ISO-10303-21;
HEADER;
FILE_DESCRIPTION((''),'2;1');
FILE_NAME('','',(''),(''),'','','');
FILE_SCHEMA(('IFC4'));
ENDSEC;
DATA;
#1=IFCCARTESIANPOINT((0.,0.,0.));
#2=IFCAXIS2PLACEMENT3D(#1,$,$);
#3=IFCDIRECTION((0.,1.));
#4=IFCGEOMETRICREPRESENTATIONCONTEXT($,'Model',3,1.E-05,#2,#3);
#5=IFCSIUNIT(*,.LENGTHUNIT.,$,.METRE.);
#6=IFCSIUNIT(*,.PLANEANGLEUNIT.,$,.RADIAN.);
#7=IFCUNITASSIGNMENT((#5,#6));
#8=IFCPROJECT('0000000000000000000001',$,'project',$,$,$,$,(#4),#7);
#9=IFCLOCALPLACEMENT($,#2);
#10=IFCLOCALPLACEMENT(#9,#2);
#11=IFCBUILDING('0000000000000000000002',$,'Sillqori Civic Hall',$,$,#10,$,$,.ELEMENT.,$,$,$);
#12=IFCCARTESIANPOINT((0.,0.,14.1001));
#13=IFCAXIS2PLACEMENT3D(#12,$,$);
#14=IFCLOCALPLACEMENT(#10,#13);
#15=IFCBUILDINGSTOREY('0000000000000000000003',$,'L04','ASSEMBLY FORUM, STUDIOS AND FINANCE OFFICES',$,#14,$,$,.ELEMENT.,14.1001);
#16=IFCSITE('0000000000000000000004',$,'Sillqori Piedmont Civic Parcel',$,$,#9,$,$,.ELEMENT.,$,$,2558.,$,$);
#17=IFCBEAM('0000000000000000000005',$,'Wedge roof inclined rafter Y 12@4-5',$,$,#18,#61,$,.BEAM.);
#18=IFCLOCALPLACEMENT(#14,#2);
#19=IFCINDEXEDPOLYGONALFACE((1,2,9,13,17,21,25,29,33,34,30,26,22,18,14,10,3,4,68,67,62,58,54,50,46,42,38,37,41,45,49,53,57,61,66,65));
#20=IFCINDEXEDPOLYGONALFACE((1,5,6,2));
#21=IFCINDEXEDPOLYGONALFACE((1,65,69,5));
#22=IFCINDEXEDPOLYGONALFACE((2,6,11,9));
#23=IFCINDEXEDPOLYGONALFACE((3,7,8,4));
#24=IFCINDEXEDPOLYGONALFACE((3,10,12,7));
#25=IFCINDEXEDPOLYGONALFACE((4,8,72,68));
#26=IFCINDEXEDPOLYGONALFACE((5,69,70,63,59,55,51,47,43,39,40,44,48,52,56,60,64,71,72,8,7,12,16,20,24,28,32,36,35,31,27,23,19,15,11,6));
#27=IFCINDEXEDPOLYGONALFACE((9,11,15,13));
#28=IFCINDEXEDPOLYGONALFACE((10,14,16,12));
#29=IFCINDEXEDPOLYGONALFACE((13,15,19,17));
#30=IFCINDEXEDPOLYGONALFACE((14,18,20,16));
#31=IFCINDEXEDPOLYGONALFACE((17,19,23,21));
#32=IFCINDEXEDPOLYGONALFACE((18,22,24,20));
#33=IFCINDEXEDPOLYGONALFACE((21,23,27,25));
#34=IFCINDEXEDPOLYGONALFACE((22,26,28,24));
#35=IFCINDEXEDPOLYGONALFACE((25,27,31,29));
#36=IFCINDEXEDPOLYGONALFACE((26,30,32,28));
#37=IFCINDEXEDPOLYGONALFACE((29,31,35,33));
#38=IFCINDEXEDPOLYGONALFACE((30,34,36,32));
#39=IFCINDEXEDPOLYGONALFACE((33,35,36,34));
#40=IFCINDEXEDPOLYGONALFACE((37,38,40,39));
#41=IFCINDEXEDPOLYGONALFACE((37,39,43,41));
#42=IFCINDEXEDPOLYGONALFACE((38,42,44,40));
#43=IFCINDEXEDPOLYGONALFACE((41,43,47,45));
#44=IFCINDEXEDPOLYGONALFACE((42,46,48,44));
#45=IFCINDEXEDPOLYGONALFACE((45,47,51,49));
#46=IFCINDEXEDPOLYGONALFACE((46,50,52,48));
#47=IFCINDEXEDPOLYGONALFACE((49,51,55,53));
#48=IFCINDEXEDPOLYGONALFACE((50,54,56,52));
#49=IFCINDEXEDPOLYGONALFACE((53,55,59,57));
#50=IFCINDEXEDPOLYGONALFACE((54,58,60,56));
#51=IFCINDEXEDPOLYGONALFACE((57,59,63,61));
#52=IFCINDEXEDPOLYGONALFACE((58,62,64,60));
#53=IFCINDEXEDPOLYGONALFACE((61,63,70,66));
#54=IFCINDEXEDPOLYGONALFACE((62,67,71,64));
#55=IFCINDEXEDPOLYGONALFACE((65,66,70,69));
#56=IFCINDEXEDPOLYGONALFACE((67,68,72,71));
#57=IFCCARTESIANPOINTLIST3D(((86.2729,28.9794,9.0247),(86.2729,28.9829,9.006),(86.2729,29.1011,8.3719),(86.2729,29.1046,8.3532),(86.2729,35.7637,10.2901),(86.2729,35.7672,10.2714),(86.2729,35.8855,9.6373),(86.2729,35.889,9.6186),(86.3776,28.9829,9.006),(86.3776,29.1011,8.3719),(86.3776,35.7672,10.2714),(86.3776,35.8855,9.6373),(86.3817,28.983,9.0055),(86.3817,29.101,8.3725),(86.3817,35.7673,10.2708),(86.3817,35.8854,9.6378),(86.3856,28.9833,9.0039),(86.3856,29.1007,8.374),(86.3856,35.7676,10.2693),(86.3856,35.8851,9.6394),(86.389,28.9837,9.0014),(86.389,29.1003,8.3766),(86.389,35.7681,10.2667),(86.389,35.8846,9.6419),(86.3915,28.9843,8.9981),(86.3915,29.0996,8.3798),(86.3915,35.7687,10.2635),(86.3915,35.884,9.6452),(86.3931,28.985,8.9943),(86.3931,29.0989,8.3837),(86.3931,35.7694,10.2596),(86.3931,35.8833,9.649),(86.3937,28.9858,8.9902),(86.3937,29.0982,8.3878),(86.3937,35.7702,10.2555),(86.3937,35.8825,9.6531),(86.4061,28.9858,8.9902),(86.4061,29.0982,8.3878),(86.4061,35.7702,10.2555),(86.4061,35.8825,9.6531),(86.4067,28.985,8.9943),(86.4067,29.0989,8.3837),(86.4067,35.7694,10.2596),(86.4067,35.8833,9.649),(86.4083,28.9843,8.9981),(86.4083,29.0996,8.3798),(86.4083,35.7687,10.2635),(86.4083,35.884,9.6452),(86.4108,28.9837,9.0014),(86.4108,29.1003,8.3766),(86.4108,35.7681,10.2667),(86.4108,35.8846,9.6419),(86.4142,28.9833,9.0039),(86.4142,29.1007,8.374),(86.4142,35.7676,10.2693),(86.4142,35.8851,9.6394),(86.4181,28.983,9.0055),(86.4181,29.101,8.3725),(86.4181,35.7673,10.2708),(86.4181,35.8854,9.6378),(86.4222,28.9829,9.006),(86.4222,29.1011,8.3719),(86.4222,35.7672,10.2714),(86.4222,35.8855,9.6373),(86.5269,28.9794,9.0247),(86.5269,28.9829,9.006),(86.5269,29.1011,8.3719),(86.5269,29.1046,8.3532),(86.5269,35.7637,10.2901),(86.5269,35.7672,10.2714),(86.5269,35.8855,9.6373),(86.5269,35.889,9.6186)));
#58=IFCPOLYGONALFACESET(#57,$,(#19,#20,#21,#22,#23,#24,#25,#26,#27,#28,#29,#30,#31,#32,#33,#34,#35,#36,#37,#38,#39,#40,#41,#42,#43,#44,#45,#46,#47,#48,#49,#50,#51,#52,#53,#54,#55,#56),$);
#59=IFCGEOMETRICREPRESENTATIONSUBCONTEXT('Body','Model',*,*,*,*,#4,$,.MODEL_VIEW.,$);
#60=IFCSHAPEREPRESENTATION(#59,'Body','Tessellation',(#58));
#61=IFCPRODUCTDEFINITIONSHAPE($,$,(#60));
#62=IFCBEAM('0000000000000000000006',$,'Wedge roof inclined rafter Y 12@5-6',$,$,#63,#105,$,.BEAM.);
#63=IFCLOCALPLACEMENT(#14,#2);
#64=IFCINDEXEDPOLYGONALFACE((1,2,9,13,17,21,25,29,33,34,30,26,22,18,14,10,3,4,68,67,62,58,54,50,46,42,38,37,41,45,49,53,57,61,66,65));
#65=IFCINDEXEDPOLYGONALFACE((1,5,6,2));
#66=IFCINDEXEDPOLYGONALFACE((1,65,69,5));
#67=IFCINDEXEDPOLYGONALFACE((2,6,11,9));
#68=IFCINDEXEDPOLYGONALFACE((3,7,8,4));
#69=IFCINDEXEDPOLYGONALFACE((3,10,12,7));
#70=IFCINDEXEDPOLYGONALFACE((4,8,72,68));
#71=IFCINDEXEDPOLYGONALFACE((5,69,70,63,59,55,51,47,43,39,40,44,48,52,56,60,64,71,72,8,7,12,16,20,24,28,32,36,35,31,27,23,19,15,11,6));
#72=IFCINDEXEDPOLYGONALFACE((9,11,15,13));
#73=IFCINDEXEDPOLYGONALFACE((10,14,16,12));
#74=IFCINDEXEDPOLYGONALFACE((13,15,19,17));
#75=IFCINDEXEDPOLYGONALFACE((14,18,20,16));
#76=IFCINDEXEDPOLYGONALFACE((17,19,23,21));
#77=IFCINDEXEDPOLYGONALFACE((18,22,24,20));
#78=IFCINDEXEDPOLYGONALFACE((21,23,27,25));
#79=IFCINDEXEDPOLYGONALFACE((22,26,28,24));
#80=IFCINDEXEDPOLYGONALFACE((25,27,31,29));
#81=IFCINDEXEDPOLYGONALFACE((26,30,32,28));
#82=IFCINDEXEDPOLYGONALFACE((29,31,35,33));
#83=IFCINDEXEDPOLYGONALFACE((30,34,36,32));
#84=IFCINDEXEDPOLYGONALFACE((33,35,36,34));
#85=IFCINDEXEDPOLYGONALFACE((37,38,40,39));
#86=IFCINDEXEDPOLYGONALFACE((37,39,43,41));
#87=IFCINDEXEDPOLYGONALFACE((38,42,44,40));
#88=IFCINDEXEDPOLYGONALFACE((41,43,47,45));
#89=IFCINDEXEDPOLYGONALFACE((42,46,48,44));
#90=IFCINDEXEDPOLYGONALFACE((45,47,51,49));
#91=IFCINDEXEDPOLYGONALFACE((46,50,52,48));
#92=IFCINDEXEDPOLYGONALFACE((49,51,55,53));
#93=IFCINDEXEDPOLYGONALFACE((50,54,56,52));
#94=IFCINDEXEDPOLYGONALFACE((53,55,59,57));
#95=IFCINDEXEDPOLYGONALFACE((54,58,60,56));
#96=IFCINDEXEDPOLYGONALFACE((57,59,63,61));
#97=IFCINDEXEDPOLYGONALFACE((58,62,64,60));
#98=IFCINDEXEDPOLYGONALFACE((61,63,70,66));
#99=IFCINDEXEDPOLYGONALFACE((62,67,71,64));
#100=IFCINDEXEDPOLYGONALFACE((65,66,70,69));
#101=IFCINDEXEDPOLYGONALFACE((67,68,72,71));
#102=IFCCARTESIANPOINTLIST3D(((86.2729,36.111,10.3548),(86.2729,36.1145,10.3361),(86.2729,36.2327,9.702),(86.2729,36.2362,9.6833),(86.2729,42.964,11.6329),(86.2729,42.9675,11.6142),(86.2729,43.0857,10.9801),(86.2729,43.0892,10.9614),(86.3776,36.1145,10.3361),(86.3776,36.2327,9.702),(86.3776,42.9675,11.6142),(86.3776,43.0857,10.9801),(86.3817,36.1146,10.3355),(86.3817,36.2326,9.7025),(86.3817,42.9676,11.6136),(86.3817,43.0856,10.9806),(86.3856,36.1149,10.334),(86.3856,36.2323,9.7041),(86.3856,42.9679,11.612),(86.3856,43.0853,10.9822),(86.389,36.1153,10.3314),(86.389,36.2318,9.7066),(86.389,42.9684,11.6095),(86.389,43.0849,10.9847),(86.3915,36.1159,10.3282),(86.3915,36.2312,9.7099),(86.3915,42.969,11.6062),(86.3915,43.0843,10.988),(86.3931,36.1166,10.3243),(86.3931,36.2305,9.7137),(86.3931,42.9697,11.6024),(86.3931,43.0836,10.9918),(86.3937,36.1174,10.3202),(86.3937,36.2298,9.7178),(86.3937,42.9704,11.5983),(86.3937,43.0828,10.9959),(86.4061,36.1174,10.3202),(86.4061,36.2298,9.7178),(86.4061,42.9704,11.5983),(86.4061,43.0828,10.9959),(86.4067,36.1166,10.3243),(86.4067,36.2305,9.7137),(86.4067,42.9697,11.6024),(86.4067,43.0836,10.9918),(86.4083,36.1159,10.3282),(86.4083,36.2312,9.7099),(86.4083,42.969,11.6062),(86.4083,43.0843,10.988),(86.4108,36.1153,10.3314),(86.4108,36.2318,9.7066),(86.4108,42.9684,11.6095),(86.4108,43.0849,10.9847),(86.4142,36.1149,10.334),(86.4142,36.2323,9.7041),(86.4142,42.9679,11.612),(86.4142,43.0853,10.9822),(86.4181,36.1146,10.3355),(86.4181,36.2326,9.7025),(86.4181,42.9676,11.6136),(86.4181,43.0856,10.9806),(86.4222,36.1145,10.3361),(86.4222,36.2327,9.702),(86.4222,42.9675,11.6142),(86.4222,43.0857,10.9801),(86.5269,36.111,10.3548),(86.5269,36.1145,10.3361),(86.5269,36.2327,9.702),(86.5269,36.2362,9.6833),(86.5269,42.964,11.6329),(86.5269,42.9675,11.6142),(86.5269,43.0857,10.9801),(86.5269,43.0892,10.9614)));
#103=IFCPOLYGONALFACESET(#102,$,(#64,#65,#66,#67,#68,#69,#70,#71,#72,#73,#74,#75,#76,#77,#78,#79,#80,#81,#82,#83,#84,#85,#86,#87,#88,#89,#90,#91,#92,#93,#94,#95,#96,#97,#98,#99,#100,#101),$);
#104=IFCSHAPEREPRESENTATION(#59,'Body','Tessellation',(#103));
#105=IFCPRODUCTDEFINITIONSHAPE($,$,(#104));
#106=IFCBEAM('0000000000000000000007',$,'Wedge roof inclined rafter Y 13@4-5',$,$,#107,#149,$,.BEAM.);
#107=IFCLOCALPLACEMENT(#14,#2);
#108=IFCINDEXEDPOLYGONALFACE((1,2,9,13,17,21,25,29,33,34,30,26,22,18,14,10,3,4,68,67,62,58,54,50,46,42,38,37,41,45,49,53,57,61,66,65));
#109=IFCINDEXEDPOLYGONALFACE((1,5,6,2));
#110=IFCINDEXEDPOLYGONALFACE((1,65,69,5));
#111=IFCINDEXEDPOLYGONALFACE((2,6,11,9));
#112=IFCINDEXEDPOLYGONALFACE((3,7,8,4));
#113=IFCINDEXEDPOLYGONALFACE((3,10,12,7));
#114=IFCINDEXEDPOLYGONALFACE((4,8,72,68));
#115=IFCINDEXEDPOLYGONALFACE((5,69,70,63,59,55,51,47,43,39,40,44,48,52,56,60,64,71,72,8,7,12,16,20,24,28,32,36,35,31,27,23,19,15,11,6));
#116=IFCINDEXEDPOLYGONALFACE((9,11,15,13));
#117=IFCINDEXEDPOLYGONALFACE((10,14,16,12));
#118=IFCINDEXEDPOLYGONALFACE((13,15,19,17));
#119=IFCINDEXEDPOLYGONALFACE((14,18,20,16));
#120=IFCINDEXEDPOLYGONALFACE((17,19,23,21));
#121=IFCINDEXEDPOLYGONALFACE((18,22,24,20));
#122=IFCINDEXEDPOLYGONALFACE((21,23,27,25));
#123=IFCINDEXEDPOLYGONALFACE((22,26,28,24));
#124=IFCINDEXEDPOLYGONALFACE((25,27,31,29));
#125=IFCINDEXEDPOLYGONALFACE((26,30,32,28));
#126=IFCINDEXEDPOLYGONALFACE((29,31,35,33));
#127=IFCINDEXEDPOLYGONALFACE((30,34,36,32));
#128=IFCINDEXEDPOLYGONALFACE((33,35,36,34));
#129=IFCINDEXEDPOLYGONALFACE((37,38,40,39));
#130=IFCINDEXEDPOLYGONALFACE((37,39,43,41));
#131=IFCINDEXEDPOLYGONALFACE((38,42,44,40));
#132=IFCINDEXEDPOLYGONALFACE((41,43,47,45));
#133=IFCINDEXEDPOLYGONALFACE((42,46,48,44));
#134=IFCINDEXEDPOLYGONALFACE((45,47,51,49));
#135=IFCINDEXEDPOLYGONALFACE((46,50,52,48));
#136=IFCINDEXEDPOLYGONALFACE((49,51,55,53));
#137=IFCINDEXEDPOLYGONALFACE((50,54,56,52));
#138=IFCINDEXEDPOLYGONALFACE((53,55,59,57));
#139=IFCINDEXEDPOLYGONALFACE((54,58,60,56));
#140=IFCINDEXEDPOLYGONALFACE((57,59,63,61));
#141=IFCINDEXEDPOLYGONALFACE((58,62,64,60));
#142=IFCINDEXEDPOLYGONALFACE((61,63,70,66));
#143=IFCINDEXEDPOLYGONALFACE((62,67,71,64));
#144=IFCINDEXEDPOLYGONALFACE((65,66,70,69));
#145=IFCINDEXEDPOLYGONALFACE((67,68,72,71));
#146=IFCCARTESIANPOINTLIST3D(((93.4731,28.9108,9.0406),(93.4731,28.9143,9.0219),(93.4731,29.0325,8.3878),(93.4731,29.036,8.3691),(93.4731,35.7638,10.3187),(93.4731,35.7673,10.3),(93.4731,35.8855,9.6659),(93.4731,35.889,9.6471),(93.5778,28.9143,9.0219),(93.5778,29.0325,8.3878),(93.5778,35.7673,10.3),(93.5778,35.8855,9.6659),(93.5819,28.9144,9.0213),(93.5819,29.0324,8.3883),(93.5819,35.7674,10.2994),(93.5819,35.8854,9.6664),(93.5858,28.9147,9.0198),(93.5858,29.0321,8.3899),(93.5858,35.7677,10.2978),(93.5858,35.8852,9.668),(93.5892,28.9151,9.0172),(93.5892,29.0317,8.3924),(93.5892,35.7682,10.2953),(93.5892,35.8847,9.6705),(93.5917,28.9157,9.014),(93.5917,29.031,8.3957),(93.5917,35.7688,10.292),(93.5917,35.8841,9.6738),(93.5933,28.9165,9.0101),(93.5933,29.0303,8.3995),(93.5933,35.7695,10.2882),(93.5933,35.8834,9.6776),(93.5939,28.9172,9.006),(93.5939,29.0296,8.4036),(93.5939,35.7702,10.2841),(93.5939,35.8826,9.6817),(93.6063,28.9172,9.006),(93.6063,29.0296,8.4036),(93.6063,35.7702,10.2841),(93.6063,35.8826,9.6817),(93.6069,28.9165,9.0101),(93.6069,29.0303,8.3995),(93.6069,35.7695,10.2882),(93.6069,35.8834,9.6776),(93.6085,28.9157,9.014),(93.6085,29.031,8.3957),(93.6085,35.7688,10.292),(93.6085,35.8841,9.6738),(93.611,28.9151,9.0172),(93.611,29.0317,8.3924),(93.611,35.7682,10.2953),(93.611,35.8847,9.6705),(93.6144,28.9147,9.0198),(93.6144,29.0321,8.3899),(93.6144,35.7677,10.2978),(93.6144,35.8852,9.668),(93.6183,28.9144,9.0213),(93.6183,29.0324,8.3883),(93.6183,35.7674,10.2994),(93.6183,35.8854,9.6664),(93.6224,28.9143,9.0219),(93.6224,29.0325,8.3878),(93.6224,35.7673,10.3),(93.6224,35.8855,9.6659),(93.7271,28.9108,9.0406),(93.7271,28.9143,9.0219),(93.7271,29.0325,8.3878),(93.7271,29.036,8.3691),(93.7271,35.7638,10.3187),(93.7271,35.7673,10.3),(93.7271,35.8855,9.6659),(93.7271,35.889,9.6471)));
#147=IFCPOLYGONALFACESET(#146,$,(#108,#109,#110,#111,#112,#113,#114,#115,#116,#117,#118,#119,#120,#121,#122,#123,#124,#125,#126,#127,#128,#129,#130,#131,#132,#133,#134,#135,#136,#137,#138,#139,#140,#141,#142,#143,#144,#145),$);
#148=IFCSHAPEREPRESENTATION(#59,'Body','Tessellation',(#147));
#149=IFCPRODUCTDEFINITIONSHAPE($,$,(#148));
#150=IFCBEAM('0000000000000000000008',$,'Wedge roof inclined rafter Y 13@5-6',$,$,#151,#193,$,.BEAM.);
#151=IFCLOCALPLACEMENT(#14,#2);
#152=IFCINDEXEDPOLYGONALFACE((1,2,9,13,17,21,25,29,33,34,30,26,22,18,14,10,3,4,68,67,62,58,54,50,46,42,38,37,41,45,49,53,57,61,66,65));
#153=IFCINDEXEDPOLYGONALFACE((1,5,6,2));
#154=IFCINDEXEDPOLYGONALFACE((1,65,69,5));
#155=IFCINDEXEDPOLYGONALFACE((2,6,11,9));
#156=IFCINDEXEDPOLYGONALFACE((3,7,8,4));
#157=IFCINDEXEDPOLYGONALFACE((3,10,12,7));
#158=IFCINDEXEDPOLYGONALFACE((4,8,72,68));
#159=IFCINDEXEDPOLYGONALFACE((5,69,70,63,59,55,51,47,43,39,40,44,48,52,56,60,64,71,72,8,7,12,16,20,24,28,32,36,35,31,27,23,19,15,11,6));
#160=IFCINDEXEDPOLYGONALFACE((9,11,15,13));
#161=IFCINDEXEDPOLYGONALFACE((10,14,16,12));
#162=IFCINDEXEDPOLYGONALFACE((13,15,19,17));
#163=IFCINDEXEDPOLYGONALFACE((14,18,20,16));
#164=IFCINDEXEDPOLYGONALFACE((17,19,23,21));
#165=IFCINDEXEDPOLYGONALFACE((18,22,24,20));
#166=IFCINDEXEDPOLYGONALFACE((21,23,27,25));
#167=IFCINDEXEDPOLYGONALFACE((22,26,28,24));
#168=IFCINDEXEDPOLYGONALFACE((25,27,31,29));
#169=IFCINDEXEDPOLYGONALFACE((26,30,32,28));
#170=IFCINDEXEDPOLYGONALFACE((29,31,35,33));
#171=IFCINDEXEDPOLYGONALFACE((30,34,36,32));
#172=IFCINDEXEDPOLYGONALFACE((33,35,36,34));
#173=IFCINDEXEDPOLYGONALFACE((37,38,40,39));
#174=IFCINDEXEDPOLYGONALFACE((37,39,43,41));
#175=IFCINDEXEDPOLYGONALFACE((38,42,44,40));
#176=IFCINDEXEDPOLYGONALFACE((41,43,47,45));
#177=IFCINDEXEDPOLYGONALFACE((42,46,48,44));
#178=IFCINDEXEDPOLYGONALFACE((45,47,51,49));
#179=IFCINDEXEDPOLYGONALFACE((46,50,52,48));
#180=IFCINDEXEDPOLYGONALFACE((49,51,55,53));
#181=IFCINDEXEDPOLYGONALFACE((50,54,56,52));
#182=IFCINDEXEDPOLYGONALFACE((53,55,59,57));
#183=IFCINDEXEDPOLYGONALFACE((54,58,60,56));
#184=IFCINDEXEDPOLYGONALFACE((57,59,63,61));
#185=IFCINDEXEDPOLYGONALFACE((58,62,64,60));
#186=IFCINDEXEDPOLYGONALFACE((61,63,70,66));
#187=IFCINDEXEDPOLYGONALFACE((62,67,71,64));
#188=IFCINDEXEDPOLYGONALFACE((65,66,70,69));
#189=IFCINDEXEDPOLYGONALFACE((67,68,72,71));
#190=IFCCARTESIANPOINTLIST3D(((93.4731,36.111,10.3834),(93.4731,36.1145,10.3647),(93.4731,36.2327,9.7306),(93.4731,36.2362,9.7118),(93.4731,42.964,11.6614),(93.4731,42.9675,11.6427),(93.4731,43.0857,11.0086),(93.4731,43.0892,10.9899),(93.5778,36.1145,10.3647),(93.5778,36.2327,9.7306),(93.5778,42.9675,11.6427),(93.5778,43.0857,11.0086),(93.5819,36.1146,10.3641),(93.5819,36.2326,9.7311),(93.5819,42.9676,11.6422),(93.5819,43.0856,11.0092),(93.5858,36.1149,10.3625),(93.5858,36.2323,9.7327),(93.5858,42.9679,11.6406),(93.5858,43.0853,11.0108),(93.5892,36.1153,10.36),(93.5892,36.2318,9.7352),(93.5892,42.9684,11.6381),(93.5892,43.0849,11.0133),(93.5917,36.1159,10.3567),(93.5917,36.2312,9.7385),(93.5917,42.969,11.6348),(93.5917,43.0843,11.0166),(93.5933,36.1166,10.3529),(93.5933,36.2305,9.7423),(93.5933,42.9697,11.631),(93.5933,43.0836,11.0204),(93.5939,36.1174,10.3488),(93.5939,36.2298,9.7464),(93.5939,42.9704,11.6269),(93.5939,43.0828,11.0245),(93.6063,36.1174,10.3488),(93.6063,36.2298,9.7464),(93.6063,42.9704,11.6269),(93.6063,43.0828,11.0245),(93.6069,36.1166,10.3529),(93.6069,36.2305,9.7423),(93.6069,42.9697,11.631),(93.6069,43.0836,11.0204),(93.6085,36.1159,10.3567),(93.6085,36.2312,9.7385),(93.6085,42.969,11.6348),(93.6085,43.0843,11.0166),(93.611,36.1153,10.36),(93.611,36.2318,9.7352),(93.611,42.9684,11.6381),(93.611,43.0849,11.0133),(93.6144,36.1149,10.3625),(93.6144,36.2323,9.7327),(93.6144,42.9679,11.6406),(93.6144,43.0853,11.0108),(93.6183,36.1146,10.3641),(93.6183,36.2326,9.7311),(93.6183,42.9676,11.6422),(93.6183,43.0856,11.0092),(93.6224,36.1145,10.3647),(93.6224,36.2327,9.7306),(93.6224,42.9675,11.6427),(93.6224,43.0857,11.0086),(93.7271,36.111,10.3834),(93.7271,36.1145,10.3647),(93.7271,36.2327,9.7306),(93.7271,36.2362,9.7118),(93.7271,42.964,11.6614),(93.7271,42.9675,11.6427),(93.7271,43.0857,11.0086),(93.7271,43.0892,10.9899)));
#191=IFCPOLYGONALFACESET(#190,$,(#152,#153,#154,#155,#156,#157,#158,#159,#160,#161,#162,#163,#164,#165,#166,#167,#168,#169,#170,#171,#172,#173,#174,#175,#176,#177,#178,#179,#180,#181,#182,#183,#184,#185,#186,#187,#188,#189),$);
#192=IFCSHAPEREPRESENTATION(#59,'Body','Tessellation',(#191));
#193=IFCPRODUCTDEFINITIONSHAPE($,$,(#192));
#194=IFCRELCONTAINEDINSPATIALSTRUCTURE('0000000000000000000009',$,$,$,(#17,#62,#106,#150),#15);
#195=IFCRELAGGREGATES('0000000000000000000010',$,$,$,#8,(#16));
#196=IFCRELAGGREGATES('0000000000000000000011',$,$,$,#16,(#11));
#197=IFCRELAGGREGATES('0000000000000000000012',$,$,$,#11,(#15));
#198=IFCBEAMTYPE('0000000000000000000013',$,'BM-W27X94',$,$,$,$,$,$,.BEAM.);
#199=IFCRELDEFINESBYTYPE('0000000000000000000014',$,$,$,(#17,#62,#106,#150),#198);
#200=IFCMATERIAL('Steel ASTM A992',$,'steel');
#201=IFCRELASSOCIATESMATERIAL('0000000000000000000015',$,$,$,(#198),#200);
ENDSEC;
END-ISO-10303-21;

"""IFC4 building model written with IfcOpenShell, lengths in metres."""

from ifc_helpers import new_model, si_unit, direction, frame, origin, origin_2d, place, context, subcontext, project, spatial, i_section, extrude, material, material_profile, profile_set, type_object, element, save


model = new_model("IFC4")

# Units and contexts
model_context = context("Model", 3, precision=1e-05, world=origin(), true_north=direction((0.0, 1.0)))
body_context = subcontext(model_context, "Body", "Model", "MODEL_VIEW")
ifc_project = project(units=[si_unit("LENGTHUNIT", "METRE"), si_unit("PLANEANGLEUNIT", "RADIAN")], contexts=[model_context])

# Site, building, storey
site_placement = place(None, origin())
site = spatial("IfcSite", under=ifc_project, at=site_placement, Name="Sillqori Piedmont Civic Parcel", CompositionType="ELEMENT", RefElevation=2558.0)
building_placement = place(site_placement, origin())
building = spatial("IfcBuilding", under=site, at=building_placement, Name="Sillqori Civic Hall", CompositionType="ELEMENT")
storey_placement = place(building_placement, frame((0.0, 0.0, 14.1001)))
storey = spatial("IfcBuildingStorey", under=building, at=storey_placement, Name="L04", Description="ASSEMBLY FORUM, STUDIOS AND FINANCE OFFICES", CompositionType="ELEMENT", Elevation=14.1001)

# Shared definitions
ifc_material_1 = material(Name="Steel ASTM A992", Category="steel")

# Beams
ifc_material_profile_1 = material_profile(ifc_material_1, i_section(OverallWidth=0.2539, OverallDepth=0.6831, WebThickness=0.0125, FlangeThickness=0.019, FilletRadius=0.0161, at=origin_2d()), Name="W27X94")
ifc_profile_set_1 = profile_set([ifc_material_profile_1], Name="Steel ASTM A992")
beam_type_1 = type_object("IfcBeamType", Name="BM-W27X94", PredefinedType="BEAM", material=ifc_profile_set_1)
beam_1_placement = place(storey_placement, frame((86.3999, 29.042, 8.689), z_axis=(0.0, 0.983048, 0.183351), x_axis=(-1.0, 0.0, 0.0)))
element("IfcBeam", 1, at=beam_1_placement, inside=storey, type_object=beam_type_1, Name="Wedge roof inclined rafter Y 12@4-5", PredefinedType="BEAM", context=body_context, shape_type="SweptSolid", body=[
    extrude(i_section(OverallWidth=0.2539, OverallDepth=0.6831, WebThickness=0.0125, FlangeThickness=0.019, FilletRadius=0.0161, at=origin_2d()), origin(), (0.0, 0.0, 1.0), 6.9014),
])
for number, where, z_axis, x_axis, name in (
    (2, (86.3999, 36.1736, 10.019), (0.0, 0.98305, 0.183337), (-1.0, 0.0, 0.0), "Wedge roof inclined rafter Y 12@5-6"),
    (3, (93.6001, 28.9734, 8.7048), (0.0, 0.98305, 0.183337), (-1.0, 0.0, 0.0), "Wedge roof inclined rafter Y 13@4-5"),
    (4, (93.6001, 36.1736, 10.0476), (0.0, 0.98305, 0.183337), (-1.0, 0.0, 0.0), "Wedge roof inclined rafter Y 13@5-6"),
):
    element("IfcBeam", number, at=place(storey_placement, frame(where, z_axis=z_axis, x_axis=x_axis)), inside=storey, type_object=beam_type_1, Name=name, PredefinedType="BEAM", context=body_context, shape_type="SweptSolid", body=[
        extrude(i_section(OverallWidth=0.2539, OverallDepth=0.6831, WebThickness=0.0125, FlangeThickness=0.019, FilletRadius=0.0161, at=origin_2d()), origin(), (0.0, 0.0, 1.0), 6.9712),
    ])

save(model, "model.ifc")
